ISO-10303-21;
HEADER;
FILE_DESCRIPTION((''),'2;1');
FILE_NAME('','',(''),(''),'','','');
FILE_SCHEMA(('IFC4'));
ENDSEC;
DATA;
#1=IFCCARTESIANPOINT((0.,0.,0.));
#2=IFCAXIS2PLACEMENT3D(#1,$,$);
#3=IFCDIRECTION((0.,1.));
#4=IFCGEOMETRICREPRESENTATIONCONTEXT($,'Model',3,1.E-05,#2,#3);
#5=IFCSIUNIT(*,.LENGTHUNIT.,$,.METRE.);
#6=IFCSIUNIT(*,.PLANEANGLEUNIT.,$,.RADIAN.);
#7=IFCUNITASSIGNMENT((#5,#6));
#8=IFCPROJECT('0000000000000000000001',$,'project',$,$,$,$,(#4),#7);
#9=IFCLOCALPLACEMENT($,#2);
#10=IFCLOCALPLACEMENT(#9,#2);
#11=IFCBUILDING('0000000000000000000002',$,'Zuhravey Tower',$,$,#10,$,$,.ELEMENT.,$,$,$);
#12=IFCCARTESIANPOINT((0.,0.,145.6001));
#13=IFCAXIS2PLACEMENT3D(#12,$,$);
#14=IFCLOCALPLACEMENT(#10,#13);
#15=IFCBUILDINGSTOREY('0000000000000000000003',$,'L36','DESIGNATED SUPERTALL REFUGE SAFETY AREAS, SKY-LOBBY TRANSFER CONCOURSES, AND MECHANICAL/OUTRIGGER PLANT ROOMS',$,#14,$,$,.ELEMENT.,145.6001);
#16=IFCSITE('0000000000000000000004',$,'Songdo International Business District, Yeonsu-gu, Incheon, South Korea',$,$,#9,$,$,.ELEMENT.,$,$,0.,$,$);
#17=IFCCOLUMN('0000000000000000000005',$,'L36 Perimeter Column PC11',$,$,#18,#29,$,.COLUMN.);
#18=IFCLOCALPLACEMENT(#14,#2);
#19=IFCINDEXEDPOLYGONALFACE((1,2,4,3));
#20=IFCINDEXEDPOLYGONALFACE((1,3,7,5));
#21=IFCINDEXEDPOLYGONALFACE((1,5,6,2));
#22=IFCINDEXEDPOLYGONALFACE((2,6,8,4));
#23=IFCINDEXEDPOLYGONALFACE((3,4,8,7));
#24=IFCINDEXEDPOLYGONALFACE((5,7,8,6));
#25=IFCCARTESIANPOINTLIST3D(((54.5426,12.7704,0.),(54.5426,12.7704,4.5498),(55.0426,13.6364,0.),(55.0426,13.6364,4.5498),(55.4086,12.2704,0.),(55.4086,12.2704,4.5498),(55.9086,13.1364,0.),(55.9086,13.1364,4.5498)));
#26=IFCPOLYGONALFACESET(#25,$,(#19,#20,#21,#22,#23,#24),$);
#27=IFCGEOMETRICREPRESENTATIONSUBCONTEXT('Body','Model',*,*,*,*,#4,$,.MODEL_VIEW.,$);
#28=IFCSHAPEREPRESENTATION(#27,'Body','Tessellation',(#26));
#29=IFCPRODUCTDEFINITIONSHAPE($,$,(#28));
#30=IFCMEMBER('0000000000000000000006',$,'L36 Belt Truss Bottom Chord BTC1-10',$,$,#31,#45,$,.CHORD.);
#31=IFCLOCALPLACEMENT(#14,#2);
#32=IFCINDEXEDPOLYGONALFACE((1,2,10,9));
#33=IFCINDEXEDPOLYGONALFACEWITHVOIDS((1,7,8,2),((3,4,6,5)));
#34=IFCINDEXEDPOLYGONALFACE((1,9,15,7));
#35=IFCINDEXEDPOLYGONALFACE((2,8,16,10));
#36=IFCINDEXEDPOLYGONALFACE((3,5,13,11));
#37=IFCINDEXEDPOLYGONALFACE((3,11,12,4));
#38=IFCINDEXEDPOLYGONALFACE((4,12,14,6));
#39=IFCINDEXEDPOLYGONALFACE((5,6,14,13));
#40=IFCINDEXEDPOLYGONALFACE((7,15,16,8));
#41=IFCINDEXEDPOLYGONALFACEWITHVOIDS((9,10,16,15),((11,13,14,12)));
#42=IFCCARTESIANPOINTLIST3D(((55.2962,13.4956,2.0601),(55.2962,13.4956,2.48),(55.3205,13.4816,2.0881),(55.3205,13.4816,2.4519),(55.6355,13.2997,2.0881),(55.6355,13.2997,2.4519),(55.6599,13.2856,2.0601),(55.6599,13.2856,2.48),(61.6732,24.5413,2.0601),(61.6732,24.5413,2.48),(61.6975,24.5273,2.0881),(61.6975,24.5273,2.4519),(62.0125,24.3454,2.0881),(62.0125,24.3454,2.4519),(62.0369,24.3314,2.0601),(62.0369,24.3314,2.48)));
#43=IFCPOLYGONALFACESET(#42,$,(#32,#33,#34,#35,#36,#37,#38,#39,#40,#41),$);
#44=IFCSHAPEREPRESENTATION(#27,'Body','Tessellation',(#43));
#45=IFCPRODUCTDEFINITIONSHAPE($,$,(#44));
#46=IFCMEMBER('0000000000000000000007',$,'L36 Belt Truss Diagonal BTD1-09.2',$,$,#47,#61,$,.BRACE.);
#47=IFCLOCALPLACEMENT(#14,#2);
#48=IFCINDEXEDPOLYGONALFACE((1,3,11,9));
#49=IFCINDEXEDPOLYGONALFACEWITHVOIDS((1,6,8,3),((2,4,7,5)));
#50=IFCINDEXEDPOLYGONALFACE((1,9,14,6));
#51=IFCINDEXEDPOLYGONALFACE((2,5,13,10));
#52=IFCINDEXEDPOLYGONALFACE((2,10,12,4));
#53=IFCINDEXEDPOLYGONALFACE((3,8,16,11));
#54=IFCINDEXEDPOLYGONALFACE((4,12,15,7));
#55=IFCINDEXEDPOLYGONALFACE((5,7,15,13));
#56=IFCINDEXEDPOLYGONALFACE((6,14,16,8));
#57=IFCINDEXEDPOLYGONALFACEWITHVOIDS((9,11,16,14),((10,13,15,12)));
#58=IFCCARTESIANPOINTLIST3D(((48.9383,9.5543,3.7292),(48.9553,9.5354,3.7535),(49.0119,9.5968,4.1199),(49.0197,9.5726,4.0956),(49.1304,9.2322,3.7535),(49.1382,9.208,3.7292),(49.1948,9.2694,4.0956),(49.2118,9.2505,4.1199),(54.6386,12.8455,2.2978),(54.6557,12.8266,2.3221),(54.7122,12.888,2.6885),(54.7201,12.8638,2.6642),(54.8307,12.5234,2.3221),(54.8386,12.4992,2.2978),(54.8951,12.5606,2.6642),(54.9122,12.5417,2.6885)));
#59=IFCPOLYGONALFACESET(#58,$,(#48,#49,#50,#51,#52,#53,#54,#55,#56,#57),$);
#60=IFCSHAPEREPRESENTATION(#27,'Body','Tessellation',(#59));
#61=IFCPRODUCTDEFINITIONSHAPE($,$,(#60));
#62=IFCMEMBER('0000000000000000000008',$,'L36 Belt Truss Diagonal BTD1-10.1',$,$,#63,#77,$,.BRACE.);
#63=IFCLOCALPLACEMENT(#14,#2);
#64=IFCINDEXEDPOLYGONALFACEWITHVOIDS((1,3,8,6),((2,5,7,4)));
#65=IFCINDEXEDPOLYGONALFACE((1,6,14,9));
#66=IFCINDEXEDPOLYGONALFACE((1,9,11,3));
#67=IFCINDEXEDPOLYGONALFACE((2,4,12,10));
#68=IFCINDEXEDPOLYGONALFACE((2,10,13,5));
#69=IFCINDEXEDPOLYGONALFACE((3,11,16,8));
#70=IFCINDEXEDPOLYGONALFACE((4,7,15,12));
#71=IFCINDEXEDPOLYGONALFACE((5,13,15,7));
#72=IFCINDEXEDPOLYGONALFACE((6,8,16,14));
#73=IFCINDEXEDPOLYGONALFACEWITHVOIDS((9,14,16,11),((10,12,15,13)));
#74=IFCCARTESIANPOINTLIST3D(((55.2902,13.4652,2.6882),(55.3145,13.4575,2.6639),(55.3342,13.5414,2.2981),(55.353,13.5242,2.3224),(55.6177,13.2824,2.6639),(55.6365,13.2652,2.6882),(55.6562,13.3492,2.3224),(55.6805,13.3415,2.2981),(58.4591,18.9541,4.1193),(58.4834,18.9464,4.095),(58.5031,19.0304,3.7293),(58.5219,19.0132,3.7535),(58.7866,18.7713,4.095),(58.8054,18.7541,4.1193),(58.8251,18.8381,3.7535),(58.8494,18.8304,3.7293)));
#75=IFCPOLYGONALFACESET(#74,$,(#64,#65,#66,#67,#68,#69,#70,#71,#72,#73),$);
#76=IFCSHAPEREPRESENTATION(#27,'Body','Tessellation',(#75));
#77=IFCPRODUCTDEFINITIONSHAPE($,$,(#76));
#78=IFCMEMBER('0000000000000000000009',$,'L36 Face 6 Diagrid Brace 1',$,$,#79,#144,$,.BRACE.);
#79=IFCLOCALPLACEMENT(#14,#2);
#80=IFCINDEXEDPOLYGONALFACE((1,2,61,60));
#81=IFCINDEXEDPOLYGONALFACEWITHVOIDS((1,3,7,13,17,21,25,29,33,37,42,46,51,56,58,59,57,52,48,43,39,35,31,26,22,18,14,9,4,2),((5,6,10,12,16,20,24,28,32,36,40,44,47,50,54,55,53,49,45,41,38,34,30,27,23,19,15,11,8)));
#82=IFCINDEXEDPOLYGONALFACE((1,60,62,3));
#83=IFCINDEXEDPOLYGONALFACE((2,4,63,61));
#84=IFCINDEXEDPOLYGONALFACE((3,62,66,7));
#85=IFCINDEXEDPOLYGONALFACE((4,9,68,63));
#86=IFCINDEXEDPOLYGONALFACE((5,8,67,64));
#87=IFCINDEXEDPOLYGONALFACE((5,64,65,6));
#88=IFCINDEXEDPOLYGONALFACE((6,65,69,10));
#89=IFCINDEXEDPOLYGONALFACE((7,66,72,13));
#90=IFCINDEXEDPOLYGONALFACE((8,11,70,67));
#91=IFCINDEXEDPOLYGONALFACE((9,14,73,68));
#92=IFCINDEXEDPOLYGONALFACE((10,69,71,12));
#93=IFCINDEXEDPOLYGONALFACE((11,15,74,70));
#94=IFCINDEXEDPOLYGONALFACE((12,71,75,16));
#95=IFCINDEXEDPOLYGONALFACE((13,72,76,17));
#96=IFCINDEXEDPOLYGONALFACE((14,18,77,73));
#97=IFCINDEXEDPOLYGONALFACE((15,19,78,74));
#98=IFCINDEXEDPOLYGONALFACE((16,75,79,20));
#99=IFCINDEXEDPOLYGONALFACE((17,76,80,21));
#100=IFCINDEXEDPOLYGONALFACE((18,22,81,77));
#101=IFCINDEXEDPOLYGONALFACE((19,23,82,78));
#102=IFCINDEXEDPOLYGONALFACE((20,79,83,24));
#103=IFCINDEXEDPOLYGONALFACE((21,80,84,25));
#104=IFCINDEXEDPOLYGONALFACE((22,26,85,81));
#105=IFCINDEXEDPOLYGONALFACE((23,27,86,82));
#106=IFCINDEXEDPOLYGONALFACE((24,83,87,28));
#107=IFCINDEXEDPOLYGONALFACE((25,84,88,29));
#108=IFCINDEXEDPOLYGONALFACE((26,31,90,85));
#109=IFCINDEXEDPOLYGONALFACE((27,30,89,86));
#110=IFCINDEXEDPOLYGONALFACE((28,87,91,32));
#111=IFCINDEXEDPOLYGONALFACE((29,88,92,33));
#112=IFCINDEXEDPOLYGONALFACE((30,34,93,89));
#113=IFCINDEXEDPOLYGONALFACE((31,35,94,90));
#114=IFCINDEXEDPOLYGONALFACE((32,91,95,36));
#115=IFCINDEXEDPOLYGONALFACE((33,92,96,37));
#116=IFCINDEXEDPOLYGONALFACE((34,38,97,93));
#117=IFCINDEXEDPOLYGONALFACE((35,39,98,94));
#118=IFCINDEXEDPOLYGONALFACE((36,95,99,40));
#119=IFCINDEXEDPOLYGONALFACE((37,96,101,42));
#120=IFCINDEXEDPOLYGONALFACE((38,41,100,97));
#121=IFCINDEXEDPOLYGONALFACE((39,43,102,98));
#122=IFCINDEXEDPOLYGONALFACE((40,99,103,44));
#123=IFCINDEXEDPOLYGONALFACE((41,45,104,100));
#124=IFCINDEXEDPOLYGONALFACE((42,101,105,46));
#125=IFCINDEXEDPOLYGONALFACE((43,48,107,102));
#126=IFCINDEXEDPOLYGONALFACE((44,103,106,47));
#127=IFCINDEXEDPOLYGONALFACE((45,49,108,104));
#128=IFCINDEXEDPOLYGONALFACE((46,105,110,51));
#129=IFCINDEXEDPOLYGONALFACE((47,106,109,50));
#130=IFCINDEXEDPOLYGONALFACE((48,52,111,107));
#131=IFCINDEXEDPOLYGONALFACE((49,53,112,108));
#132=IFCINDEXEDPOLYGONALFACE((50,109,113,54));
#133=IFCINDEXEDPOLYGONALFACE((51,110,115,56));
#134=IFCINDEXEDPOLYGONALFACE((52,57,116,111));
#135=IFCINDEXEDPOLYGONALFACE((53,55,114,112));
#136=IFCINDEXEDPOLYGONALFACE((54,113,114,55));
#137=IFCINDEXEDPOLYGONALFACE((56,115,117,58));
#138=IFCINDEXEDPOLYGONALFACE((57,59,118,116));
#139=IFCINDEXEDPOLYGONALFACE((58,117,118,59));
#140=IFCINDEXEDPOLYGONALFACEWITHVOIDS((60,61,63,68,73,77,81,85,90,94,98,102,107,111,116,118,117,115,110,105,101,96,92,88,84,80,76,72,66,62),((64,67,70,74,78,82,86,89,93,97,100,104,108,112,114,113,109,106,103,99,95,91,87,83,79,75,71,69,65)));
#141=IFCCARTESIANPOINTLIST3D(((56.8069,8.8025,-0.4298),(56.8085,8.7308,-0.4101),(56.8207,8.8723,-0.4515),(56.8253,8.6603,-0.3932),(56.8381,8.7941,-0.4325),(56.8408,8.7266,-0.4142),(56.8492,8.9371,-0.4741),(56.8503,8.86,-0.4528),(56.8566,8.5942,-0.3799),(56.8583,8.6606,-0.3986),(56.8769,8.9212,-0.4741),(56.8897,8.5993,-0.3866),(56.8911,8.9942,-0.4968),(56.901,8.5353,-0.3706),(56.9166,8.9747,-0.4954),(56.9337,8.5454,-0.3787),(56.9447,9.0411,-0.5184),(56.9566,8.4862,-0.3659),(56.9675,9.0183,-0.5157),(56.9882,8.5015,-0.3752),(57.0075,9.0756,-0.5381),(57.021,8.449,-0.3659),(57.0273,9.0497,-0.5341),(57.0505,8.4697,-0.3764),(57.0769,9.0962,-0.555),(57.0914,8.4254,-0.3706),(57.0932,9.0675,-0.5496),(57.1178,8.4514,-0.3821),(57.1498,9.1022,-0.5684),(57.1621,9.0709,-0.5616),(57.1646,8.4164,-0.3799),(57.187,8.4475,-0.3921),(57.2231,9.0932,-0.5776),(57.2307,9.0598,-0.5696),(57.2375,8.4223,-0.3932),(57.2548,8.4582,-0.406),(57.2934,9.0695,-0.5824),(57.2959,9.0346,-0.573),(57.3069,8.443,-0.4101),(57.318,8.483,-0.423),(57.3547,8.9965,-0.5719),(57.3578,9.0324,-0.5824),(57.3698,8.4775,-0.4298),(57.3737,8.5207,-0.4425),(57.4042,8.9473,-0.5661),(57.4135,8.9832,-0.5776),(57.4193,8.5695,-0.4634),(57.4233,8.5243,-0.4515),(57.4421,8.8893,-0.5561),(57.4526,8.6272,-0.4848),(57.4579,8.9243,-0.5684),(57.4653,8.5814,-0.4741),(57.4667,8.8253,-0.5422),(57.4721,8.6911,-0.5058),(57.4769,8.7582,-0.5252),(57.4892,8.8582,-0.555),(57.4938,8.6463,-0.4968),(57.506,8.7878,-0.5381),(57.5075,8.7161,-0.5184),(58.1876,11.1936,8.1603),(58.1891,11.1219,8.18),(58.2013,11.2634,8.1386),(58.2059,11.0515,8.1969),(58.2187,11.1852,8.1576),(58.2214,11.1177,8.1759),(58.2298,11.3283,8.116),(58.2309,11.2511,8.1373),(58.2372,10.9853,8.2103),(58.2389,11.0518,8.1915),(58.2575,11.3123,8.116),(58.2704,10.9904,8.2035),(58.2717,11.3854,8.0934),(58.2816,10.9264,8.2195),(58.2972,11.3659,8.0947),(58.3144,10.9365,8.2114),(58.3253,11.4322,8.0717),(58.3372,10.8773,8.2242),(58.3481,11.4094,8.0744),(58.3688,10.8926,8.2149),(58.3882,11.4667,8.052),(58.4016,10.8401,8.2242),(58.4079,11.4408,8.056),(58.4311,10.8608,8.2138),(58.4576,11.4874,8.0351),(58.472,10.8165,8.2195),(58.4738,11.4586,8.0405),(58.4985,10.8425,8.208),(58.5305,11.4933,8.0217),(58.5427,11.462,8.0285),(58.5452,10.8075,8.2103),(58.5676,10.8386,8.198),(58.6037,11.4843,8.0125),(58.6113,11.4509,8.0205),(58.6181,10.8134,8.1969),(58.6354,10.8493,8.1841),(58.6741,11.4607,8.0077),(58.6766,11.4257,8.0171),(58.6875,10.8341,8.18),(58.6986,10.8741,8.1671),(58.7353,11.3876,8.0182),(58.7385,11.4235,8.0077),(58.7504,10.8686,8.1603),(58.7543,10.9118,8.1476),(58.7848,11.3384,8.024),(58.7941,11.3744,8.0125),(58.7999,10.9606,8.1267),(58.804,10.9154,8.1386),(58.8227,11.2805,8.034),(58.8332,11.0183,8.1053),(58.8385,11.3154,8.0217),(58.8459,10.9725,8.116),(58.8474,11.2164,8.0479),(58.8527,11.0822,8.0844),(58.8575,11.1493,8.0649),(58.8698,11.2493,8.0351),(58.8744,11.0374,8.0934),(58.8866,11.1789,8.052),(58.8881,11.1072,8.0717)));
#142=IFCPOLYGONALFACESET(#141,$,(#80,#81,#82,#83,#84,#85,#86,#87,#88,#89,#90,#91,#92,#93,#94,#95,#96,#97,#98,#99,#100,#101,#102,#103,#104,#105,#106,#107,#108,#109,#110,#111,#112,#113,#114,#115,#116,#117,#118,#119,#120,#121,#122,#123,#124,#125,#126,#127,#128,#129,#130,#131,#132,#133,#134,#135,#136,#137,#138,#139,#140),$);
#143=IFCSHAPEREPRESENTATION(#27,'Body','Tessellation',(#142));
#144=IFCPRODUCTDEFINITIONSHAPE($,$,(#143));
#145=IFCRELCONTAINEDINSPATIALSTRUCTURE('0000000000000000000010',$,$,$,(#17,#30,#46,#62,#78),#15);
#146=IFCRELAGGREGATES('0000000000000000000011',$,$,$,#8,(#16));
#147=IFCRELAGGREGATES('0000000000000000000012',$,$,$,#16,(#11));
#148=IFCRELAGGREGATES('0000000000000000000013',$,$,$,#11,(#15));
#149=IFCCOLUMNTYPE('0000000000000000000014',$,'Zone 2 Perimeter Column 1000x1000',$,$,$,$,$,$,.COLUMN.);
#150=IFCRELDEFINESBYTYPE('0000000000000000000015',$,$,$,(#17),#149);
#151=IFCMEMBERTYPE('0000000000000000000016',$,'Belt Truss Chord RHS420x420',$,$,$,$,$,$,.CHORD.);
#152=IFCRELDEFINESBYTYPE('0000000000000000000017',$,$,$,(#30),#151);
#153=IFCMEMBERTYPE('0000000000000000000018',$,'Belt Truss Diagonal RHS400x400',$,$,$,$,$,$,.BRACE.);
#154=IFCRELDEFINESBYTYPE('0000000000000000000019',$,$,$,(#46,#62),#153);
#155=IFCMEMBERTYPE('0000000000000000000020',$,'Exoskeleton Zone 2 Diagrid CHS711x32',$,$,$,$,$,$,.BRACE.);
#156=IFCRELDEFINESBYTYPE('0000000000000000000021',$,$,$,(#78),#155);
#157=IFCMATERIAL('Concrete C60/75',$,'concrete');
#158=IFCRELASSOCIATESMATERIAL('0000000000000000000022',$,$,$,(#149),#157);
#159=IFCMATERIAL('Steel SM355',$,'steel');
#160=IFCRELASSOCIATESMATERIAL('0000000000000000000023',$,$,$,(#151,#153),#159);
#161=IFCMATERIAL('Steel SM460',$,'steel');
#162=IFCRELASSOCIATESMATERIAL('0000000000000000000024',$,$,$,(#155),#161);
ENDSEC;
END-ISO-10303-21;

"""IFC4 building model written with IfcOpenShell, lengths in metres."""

from ifc_helpers import new_model, si_unit, direction, frame, origin, origin_2d, place, context, subcontext, project, spatial, rectangle, hollow_rectangle, hollow_circle, extrude, material, material_profile, profile_set, type_object, element, save


model = new_model("IFC4")

# Units and contexts
model_context = context("Model", 3, precision=1e-05, world=origin(), true_north=direction((0.0, 1.0)))
body_context = subcontext(model_context, "Body", "Model", "MODEL_VIEW")
ifc_project = project(units=[si_unit("LENGTHUNIT", "METRE"), si_unit("PLANEANGLEUNIT", "RADIAN")], contexts=[model_context])

# Site, building, storey
site_placement = place(None, origin())
site = spatial("IfcSite", under=ifc_project, at=site_placement, Name="Songdo International Business District, Yeonsu-gu, Incheon, South Korea", CompositionType="ELEMENT", RefElevation=0.0)
building_placement = place(site_placement, origin())
building = spatial("IfcBuilding", under=site, at=building_placement, Name="Zuhravey Tower", CompositionType="ELEMENT")
storey_placement = place(building_placement, frame((0.0, 0.0, 145.6001)))
storey = spatial("IfcBuildingStorey", under=building, at=storey_placement, Name="L36", Description="DESIGNATED SUPERTALL REFUGE SAFETY AREAS, SKY-LOBBY TRANSFER CONCOURSES, AND MECHANICAL/OUTRIGGER PLANT ROOMS", CompositionType="ELEMENT", Elevation=145.6001)

# Column
ifc_material_1 = material(Name="Concrete C60/75", Category="concrete")
ifc_material_profile_1 = material_profile(ifc_material_1, rectangle(XDim=1.0, YDim=1.0, at=origin_2d()), Name="RC-1000x1000")
ifc_profile_set_1 = profile_set([ifc_material_profile_1], Name="Concrete C60/75")
column_type = type_object("IfcColumnType", Name="Zone 2 Perimeter Column 1000x1000", PredefinedType="COLUMN", material=ifc_profile_set_1)
column_placement = place(storey_placement, frame((55.2256, 12.9534, 0.0), z_axis=(0.0, 0.0, 1.0), x_axis=(0.5, 0.866025, 0.0)))
element("IfcColumn", 1, at=column_placement, inside=storey, type_object=column_type, Name="L36 Perimeter Column PC11", PredefinedType="COLUMN", context=body_context, shape_type="SweptSolid", body=[
    extrude(rectangle(XDim=1.0, YDim=1.0, at=origin_2d()), origin(), (0.0, 0.0, 1.0), 4.5498),
])

# Members
ifc_material_2 = material(Name="Steel SM355", Category="steel")
ifc_material_profile_2 = material_profile(ifc_material_2, hollow_rectangle(XDim=0.4199, YDim=0.4199, WallThickness=0.0281, at=origin_2d()), Name="RHS-420x420x28")
ifc_profile_set_2 = profile_set([ifc_material_profile_2], Name="Steel SM355")
member_type_1 = type_object("IfcMemberType", Name="Belt Truss Chord RHS420x420", PredefinedType="CHORD", material=ifc_profile_set_2)
member_1_placement = place(storey_placement, frame((55.478, 13.3906, 2.27), z_axis=(0.499985, 0.866034, 0.0), x_axis=(-0.866034, 0.499985, 0.0)))
element("IfcMember", 2, at=member_1_placement, inside=storey, type_object=member_type_1, Name="L36 Belt Truss Bottom Chord BTC1-10", PredefinedType="CHORD", context=body_context, shape_type="SweptSolid", body=[
    extrude(hollow_rectangle(XDim=0.4199, YDim=0.4199, WallThickness=0.0281, at=origin_2d()), origin(), (0.0, 0.0, 1.0), 12.7544),
])
ifc_material_profile_3 = material_profile(ifc_material_2, hollow_rectangle(XDim=0.3999, YDim=0.3999, WallThickness=0.0249, at=origin_2d()), Name="RHS-400x400x25")
ifc_profile_set_3 = profile_set([ifc_material_profile_3], Name="Steel SM355")
member_type_2 = type_object("IfcMemberType", Name="Belt Truss Diagonal RHS400x400", PredefinedType="BRACE", material=ifc_profile_set_3)
member_2_placement = place(storey_placement, frame((54.7754, 12.6936, 2.4932), z_axis=(-0.846241, -0.488593, 0.212493), x_axis=(0.500012, -0.866018, 0.0)))
element("IfcMember", 3, at=member_2_placement, inside=storey, type_object=member_type_2, Name="L36 Belt Truss Diagonal BTD1-09.2", PredefinedType="BRACE", context=body_context, shape_type="SweptSolid", body=[
    extrude(hollow_rectangle(XDim=0.3999, YDim=0.3999, WallThickness=0.0249, at=origin_2d()), origin(), (0.0, 0.0, 1.0), 6.7361),
])
member_3_placement = place(storey_placement, frame((55.4854, 13.4033, 2.4932), z_axis=(0.487705, 0.844767, 0.220256), x_axis=(-0.866035, 0.499984, 0.0)))
element("IfcMember", 4, at=member_3_placement, inside=storey, type_object=member_type_2, Name="L36 Belt Truss Diagonal BTD1-10.1", PredefinedType="BRACE", context=body_context, shape_type="SweptSolid", body=[
    extrude(hollow_rectangle(XDim=0.3999, YDim=0.3999, WallThickness=0.0249, at=origin_2d()), origin(), (0.0, 0.0, 1.0), 6.4976),
])
ifc_material_3 = material(Name="Steel SM460", Category="steel")
ifc_material_profile_4 = material_profile(ifc_material_3, hollow_circle(Radius=0.3557, WallThickness=0.032, at=origin_2d()), Name="CHS-711.2x32")
ifc_profile_set_4 = profile_set([ifc_material_profile_4], Name="Steel SM460")
member_type_3 = type_object("IfcMemberType", Name="Exoskeleton Zone 2 Diagrid CHS711x32", PredefinedType="BRACE", material=ifc_profile_set_4)
member_4_placement = place(storey_placement, frame((57.1572, 8.7593, -0.4741), z_axis=(0.153012, 0.265004, 0.952029), x_axis=(-0.866009, 0.500029, 0.0)))
element("IfcMember", 5, at=member_4_placement, inside=storey, type_object=member_type_3, Name="L36 Face 6 Diagrid Brace 1", PredefinedType="BRACE", context=body_context, shape_type="SweptSolid", body=[
    extrude(hollow_circle(Radius=0.3557, WallThickness=0.032, at=origin_2d()), origin(), (0.0, 0.0, 1.0), 9.0229),
])

save(model, "model.ifc")
